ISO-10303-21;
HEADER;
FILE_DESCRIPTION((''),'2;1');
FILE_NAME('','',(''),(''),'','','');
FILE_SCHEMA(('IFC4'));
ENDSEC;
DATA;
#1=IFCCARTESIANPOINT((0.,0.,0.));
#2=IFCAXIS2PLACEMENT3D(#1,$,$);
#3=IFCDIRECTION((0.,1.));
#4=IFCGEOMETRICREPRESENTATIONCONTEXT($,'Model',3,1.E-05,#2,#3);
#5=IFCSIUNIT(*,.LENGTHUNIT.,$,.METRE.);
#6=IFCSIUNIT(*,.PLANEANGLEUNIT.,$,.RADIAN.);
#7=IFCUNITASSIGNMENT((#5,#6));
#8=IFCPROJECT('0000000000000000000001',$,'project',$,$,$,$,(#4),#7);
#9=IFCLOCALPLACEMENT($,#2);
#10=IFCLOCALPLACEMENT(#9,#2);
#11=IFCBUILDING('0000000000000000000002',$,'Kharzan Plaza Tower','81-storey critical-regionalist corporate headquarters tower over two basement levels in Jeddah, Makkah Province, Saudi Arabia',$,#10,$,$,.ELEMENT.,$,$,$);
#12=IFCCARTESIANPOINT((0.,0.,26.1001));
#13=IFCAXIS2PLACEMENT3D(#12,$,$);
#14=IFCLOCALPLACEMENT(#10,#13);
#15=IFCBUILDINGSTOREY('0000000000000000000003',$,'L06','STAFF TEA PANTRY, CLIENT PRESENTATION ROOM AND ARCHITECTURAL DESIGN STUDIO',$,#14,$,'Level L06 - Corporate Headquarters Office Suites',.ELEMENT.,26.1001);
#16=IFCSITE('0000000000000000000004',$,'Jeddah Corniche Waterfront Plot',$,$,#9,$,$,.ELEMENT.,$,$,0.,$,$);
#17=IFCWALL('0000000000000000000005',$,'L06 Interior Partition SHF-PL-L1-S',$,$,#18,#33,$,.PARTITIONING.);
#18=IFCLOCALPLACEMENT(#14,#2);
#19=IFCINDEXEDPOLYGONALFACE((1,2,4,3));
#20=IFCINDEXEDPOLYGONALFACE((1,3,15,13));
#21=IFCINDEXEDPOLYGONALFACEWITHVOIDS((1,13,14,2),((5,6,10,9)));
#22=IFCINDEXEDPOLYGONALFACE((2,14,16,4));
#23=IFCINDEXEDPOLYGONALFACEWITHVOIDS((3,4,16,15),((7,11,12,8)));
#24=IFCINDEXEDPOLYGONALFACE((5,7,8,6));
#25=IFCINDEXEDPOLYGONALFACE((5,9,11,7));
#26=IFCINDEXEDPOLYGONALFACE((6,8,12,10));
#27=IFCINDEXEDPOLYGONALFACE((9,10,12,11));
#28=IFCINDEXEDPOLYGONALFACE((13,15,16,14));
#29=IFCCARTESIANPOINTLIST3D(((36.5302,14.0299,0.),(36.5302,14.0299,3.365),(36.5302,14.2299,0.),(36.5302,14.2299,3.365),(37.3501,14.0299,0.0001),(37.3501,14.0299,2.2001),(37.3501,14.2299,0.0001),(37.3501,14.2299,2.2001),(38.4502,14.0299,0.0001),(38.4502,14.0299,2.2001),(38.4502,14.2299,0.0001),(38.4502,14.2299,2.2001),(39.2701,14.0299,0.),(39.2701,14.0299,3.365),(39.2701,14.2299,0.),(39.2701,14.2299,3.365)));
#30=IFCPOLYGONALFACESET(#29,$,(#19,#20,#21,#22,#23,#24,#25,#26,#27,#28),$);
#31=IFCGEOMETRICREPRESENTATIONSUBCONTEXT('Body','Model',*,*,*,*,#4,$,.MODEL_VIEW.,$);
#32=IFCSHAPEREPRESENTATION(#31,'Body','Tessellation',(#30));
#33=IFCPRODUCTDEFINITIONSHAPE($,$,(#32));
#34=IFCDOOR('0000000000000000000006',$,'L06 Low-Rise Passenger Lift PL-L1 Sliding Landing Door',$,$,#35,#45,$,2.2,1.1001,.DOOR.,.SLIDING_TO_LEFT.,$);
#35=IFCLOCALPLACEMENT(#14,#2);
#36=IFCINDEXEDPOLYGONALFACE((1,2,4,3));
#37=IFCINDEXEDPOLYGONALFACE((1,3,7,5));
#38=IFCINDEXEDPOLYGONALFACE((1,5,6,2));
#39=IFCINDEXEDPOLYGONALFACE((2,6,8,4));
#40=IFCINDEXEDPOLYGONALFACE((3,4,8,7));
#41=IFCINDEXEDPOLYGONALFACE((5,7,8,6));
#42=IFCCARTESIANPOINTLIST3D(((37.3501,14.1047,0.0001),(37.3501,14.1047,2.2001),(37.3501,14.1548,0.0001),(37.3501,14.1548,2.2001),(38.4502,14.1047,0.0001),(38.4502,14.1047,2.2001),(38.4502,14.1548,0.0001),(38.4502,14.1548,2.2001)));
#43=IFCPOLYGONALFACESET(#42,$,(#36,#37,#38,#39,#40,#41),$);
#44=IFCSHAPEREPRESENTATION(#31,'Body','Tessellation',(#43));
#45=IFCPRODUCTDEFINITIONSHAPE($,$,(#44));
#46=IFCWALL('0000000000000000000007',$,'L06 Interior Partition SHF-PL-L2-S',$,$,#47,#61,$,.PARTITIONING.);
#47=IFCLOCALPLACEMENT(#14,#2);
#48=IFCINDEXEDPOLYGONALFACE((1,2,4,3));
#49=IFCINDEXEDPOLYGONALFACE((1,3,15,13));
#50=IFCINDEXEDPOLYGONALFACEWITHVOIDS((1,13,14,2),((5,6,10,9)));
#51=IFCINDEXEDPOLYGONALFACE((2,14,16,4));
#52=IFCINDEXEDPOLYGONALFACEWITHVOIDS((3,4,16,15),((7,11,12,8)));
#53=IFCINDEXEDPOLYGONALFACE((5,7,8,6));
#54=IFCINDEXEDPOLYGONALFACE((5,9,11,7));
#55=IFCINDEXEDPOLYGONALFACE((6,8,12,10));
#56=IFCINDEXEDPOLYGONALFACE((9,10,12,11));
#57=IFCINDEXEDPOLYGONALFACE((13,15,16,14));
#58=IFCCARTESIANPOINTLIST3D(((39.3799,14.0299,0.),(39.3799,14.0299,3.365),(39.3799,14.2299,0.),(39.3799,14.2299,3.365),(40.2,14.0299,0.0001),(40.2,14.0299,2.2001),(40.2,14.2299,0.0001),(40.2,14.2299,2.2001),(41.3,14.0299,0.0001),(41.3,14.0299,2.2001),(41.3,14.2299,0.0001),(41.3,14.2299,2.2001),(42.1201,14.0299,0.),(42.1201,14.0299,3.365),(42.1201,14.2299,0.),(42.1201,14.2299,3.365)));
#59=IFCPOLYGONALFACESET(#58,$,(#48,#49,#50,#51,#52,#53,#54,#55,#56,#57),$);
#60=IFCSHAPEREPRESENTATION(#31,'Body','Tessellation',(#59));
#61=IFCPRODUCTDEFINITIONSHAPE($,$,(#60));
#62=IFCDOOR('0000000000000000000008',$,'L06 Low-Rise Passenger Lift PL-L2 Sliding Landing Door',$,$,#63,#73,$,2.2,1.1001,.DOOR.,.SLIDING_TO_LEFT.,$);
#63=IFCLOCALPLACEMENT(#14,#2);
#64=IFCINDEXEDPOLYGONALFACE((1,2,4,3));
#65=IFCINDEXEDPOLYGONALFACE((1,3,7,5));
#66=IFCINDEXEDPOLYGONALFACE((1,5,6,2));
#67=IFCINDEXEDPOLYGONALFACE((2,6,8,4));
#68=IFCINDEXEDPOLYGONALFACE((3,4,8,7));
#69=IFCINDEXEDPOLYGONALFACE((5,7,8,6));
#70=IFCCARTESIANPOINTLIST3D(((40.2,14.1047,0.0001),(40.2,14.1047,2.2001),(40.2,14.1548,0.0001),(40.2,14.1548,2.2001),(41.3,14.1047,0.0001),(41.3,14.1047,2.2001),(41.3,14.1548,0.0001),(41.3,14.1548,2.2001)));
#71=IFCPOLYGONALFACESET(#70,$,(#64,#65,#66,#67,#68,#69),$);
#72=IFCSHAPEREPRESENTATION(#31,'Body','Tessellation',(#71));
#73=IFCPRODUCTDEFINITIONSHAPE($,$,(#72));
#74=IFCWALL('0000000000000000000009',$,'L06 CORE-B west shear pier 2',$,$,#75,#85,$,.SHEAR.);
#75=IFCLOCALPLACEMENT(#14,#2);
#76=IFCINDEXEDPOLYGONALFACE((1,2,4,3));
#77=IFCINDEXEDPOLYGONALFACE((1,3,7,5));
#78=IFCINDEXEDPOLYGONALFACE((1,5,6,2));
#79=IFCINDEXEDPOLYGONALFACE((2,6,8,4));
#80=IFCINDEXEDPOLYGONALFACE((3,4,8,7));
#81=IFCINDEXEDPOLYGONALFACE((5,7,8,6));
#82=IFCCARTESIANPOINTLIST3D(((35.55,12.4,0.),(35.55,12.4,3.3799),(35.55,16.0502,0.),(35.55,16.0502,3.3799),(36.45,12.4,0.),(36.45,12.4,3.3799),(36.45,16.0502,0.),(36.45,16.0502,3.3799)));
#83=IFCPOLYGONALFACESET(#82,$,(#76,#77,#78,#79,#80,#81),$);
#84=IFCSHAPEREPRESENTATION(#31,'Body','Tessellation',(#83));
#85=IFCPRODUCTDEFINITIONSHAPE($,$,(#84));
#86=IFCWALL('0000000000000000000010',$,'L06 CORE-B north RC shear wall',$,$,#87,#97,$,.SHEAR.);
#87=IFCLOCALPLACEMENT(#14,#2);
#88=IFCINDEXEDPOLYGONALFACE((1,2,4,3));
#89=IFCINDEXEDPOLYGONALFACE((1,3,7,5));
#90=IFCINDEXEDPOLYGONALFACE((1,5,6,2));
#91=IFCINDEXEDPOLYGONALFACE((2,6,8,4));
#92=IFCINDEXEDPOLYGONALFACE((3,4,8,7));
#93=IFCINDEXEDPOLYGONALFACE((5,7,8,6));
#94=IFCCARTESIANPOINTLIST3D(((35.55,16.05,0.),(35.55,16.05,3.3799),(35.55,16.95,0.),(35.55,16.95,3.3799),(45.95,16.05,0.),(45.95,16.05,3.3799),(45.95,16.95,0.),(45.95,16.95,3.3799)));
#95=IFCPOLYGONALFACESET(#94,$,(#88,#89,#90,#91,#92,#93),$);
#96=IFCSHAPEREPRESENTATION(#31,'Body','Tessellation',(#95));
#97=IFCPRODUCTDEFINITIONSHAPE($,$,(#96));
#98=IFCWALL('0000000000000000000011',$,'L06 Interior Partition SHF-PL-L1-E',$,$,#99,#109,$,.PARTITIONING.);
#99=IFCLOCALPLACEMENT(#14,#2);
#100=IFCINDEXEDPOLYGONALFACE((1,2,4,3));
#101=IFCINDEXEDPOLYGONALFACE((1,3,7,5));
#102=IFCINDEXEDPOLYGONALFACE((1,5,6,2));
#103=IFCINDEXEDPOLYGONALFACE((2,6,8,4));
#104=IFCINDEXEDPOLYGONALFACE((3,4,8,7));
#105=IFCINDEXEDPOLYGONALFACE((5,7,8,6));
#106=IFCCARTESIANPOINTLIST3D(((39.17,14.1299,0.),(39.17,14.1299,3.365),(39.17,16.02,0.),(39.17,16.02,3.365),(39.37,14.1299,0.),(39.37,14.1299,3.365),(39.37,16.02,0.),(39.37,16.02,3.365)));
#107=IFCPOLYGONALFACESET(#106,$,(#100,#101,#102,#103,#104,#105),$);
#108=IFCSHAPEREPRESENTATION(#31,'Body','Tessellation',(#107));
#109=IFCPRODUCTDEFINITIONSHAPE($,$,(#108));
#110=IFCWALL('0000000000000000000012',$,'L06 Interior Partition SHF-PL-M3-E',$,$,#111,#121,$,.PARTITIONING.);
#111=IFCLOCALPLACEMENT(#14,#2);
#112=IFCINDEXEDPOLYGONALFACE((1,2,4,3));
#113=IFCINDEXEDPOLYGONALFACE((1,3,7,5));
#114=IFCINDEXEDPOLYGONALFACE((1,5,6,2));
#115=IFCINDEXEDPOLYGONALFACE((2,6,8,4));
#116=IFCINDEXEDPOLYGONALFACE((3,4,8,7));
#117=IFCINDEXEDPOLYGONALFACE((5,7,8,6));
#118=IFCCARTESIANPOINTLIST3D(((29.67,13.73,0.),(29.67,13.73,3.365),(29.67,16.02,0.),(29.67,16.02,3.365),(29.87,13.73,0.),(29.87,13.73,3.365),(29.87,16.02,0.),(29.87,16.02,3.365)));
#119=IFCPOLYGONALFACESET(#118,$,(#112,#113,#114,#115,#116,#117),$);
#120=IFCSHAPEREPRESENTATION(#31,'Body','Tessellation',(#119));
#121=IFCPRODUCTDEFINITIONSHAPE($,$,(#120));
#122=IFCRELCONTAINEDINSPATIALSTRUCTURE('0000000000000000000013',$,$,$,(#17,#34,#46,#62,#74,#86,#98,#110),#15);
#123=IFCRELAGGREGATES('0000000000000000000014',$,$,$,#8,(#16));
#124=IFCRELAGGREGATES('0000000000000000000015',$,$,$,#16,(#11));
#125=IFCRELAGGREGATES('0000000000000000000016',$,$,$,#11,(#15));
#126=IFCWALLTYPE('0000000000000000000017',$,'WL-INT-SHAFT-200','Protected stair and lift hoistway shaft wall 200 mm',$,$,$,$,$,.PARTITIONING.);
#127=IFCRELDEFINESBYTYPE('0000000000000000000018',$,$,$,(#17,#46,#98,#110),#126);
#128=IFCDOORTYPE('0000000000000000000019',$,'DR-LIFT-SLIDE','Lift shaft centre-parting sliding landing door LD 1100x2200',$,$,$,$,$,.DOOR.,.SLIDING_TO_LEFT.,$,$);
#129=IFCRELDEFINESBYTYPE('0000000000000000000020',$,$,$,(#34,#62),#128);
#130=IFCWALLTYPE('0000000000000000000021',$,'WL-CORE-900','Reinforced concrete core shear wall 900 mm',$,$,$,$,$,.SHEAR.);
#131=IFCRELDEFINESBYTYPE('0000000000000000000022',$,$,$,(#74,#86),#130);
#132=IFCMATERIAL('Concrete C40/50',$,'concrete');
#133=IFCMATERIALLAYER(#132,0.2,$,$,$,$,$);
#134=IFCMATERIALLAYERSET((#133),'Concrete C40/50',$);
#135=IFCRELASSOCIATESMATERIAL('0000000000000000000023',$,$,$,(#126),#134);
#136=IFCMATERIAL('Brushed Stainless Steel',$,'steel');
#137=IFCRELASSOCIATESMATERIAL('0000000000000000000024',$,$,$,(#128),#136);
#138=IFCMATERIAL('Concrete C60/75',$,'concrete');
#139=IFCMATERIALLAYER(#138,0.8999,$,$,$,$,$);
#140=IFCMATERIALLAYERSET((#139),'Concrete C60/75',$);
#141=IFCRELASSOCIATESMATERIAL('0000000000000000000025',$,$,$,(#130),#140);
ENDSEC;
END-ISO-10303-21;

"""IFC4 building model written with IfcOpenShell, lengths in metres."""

from ifc_helpers import new_model, si_unit, direction, frame, frame_2d, origin, place, context, subcontext, project, spatial, rectangle, extrude, source, transform, mapped, material, layer, layer_set, type_object, element, fill, save


model = new_model("IFC4")

# Units and contexts
model_context = context("Model", 3, precision=1e-05, world=origin(), true_north=direction((0.0, 1.0)))
body_context = subcontext(model_context, "Body", "Model", "MODEL_VIEW")
ifc_project = project(units=[si_unit("LENGTHUNIT", "METRE"), si_unit("PLANEANGLEUNIT", "RADIAN")], contexts=[model_context])

# Site, building, storey
site_placement = place(None, origin())
site = spatial("IfcSite", under=ifc_project, at=site_placement, Name="Jeddah Corniche Waterfront Plot", CompositionType="ELEMENT", RefElevation=0.0)
building_placement = place(site_placement, origin())
building = spatial("IfcBuilding", under=site, at=building_placement, Name="Kharzan Plaza Tower", Description="81-storey critical-regionalist corporate headquarters tower over two basement levels in Jeddah, Makkah Province, Saudi Arabia", CompositionType="ELEMENT")
storey_placement = place(building_placement, frame((0.0, 0.0, 26.1001)))
storey = spatial("IfcBuildingStorey", under=building, at=storey_placement, Name="L06", Description="STAFF TEA PANTRY, CLIENT PRESENTATION ROOM AND ARCHITECTURAL DESIGN STUDIO", LongName="Level L06 - Corporate Headquarters Office Suites", CompositionType="ELEMENT", Elevation=26.1001)

# Shared definitions
ifc_material_1 = material(Name="Concrete C60/75", Category="concrete")

# Walls, openings, doors
ifc_material_2 = material(Name="Concrete C40/50", Category="concrete")
ifc_layer_1 = layer(ifc_material_2, 0.2)
ifc_layer_set_1 = layer_set([ifc_layer_1], Name="Concrete C40/50")
wall_type_1 = type_object("IfcWallType", Name="WL-INT-SHAFT-200", Description="Protected stair and lift hoistway shaft wall 200 mm", PredefinedType="PARTITIONING", material=ifc_layer_set_1)
wall_1_placement = place(storey_placement, frame((36.53, 14.1299, 0.0), z_axis=(0.0, 0.0, 1.0), x_axis=(1.0, 0.0, 0.0)))
wall_1 = element("IfcWall", 1, at=wall_1_placement, inside=storey, type_object=wall_type_1, Name="L06 Interior Partition SHF-PL-L1-S", PredefinedType="PARTITIONING", context=body_context, shape_type="SweptSolid", body=[
    extrude(rectangle(XDim=2.74, YDim=0.2, at=frame_2d((1.3701, 0.0))), origin(), (0.0, 0.0, 1.0), 3.365),
])
opening_1_placement = place(wall_1_placement, frame((0.8201, 0.0, 0.0)))
opening_1 = element("IfcOpeningElement", 2, at=opening_1_placement, cuts=wall_1, PredefinedType="OPENING", context=body_context, shape_type="SweptSolid", body=[
    extrude(rectangle(XDim=1.1001, YDim=2.2, at=frame_2d((0.55, 1.1001))), frame((0.0, 0.1099, 0.0), z_axis=(0.0, -1.0, 0.0), x_axis=(1.0, 0.0, 0.0)), (0.0, 0.0, 1.0), 0.22),
])
ifc_material_3 = material(Name="Brushed Stainless Steel", Category="steel")
door_type_1 = type_object("IfcDoorType", Name="DR-LIFT-SLIDE", Description="Lift shaft centre-parting sliding landing door LD 1100x2200", OperationType="SLIDING_TO_LEFT", PredefinedType="DOOR", material=ifc_material_3)
shared_shape_1 = source(origin(), body_context, "Body", "SweptSolid", [
    extrude(rectangle(XDim=1.1001, YDim=2.2, at=frame_2d((0.55, 1.1001))), frame((0.0, 0.0249, 0.0), z_axis=(0.0, -1.0, 0.0), x_axis=(1.0, 0.0, 0.0)), (0.0, 0.0, 1.0), 0.05),
])
door_1_placement = place(opening_1_placement, origin())
door_1 = element("IfcDoor", 3, at=door_1_placement, inside=storey, type_object=door_type_1, Name="L06 Low-Rise Passenger Lift PL-L1 Sliding Landing Door", OperationType="SLIDING_TO_LEFT", OverallHeight=2.2, OverallWidth=1.1001, PredefinedType="DOOR", context=body_context, shape_type="MappedRepresentation", body=[
    mapped(shared_shape_1, transform((0.0, 0.0, 0.0), x_axis=(1.0, 0.0, 0.0), y_axis=(0.0, 1.0, 0.0), z_axis=(0.0, 0.0, 1.0))),
])
fill(opening_1, door_1)
wall_2_placement = place(storey_placement, frame((39.3799, 14.1299, 0.0), z_axis=(0.0, 0.0, 1.0), x_axis=(1.0, 0.0, 0.0)))
wall_2 = element("IfcWall", 4, at=wall_2_placement, inside=storey, type_object=wall_type_1, Name="L06 Interior Partition SHF-PL-L2-S", PredefinedType="PARTITIONING", context=body_context, shape_type="SweptSolid", body=[
    extrude(rectangle(XDim=2.7402, YDim=0.2, at=frame_2d((1.3701, 0.0))), origin(), (0.0, 0.0, 1.0), 3.365),
])
opening_2_placement = place(wall_2_placement, frame((0.8201, 0.0, 0.0)))
opening_2 = element("IfcOpeningElement", 5, at=opening_2_placement, cuts=wall_2, PredefinedType="OPENING", context=body_context, shape_type="SweptSolid", body=[
    extrude(rectangle(XDim=1.1001, YDim=2.2, at=frame_2d((0.55, 1.1001))), frame((0.0, 0.1099, 0.0), z_axis=(0.0, -1.0, 0.0), x_axis=(1.0, 0.0, 0.0)), (0.0, 0.0, 1.0), 0.22),
])
door_2_placement = place(opening_2_placement, origin())
door_2 = element("IfcDoor", 6, at=door_2_placement, inside=storey, type_object=door_type_1, Name="L06 Low-Rise Passenger Lift PL-L2 Sliding Landing Door", OperationType="SLIDING_TO_LEFT", OverallHeight=2.2, OverallWidth=1.1001, PredefinedType="DOOR", context=body_context, shape_type="MappedRepresentation", body=[
    mapped(shared_shape_1, transform((0.0, 0.0, 0.0), x_axis=(1.0, 0.0, 0.0), y_axis=(0.0, 1.0, 0.0), z_axis=(0.0, 0.0, 1.0))),
])
fill(opening_2, door_2)

# Walls
ifc_layer_2 = layer(ifc_material_1, 0.8999)
ifc_layer_set_2 = layer_set([ifc_layer_2], Name="Concrete C60/75")
wall_type_2 = type_object("IfcWallType", Name="WL-CORE-900", Description="Reinforced concrete core shear wall 900 mm", PredefinedType="SHEAR", material=ifc_layer_set_2)
shared_shape_2 = source(origin(), body_context, "Body", "SweptSolid", [
    extrude(rectangle(XDim=3.6501, YDim=0.8999, at=frame_2d((1.8252, 0.0))), origin(), (0.0, 0.0, 1.0), 3.3799),
])
wall_3_placement = place(storey_placement, frame((36.0, 12.3999, 0.0), z_axis=(0.0, 0.0, 1.0), x_axis=(0.0, 1.0, 0.0)))
element("IfcWall", 7, at=wall_3_placement, inside=storey, type_object=wall_type_2, Name="L06 CORE-B west shear pier 2", PredefinedType="SHEAR", context=body_context, shape_type="MappedRepresentation", body=[
    mapped(shared_shape_2, transform((0.0, 0.0, 0.0), x_axis=(1.0, 0.0, 0.0), y_axis=(0.0, 1.0, 0.0), z_axis=(0.0, 0.0, 1.0))),
])
shared_shape_3 = source(origin(), body_context, "Body", "SweptSolid", [
    extrude(rectangle(XDim=10.3999, YDim=0.8999, at=frame_2d((5.2, 0.0))), origin(), (0.0, 0.0, 1.0), 3.3799),
])
wall_4_placement = place(storey_placement, frame((35.55, 16.5, 0.0), z_axis=(0.0, 0.0, 1.0), x_axis=(1.0, 0.0, 0.0)))
element("IfcWall", 8, at=wall_4_placement, inside=storey, type_object=wall_type_2, Name="L06 CORE-B north RC shear wall", PredefinedType="SHEAR", context=body_context, shape_type="MappedRepresentation", body=[
    mapped(shared_shape_3, transform((0.0, 0.0, 0.0), x_axis=(1.0, 0.0, 0.0), y_axis=(0.0, 1.0, 0.0), z_axis=(0.0, 0.0, 1.0))),
])
shared_shape_4 = source(origin(), body_context, "Body", "SweptSolid", [
    extrude(rectangle(XDim=1.8901, YDim=0.2, at=frame_2d((0.9451, 0.0))), origin(), (0.0, 0.0, 1.0), 3.365),
])
wall_5_placement = place(storey_placement, frame((39.27, 14.1299, 0.0), z_axis=(0.0, 0.0, 1.0), x_axis=(0.0, 1.0, 0.0)))
element("IfcWall", 9, at=wall_5_placement, inside=storey, type_object=wall_type_1, Name="L06 Interior Partition SHF-PL-L1-E", PredefinedType="PARTITIONING", context=body_context, shape_type="MappedRepresentation", body=[
    mapped(shared_shape_4, transform((0.0, 0.0, 0.0), x_axis=(1.0, 0.0, 0.0), y_axis=(0.0, 1.0, 0.0), z_axis=(0.0, 0.0, 1.0))),
])
shared_shape_5 = source(origin(), body_context, "Body", "SweptSolid", [
    extrude(rectangle(XDim=2.29, YDim=0.2, at=frame_2d((1.145, 0.0))), origin(), (0.0, 0.0, 1.0), 3.365),
])
wall_6_placement = place(storey_placement, frame((29.77, 13.73, 0.0), z_axis=(0.0, 0.0, 1.0), x_axis=(0.0, 1.0, 0.0)))
element("IfcWall", 10, at=wall_6_placement, inside=storey, type_object=wall_type_1, Name="L06 Interior Partition SHF-PL-M3-E", PredefinedType="PARTITIONING", context=body_context, shape_type="MappedRepresentation", body=[
    mapped(shared_shape_5, transform((0.0, 0.0, 0.0), x_axis=(1.0, 0.0, 0.0), y_axis=(0.0, 1.0, 0.0), z_axis=(0.0, 0.0, 1.0))),
])

save(model, "model.ifc")
